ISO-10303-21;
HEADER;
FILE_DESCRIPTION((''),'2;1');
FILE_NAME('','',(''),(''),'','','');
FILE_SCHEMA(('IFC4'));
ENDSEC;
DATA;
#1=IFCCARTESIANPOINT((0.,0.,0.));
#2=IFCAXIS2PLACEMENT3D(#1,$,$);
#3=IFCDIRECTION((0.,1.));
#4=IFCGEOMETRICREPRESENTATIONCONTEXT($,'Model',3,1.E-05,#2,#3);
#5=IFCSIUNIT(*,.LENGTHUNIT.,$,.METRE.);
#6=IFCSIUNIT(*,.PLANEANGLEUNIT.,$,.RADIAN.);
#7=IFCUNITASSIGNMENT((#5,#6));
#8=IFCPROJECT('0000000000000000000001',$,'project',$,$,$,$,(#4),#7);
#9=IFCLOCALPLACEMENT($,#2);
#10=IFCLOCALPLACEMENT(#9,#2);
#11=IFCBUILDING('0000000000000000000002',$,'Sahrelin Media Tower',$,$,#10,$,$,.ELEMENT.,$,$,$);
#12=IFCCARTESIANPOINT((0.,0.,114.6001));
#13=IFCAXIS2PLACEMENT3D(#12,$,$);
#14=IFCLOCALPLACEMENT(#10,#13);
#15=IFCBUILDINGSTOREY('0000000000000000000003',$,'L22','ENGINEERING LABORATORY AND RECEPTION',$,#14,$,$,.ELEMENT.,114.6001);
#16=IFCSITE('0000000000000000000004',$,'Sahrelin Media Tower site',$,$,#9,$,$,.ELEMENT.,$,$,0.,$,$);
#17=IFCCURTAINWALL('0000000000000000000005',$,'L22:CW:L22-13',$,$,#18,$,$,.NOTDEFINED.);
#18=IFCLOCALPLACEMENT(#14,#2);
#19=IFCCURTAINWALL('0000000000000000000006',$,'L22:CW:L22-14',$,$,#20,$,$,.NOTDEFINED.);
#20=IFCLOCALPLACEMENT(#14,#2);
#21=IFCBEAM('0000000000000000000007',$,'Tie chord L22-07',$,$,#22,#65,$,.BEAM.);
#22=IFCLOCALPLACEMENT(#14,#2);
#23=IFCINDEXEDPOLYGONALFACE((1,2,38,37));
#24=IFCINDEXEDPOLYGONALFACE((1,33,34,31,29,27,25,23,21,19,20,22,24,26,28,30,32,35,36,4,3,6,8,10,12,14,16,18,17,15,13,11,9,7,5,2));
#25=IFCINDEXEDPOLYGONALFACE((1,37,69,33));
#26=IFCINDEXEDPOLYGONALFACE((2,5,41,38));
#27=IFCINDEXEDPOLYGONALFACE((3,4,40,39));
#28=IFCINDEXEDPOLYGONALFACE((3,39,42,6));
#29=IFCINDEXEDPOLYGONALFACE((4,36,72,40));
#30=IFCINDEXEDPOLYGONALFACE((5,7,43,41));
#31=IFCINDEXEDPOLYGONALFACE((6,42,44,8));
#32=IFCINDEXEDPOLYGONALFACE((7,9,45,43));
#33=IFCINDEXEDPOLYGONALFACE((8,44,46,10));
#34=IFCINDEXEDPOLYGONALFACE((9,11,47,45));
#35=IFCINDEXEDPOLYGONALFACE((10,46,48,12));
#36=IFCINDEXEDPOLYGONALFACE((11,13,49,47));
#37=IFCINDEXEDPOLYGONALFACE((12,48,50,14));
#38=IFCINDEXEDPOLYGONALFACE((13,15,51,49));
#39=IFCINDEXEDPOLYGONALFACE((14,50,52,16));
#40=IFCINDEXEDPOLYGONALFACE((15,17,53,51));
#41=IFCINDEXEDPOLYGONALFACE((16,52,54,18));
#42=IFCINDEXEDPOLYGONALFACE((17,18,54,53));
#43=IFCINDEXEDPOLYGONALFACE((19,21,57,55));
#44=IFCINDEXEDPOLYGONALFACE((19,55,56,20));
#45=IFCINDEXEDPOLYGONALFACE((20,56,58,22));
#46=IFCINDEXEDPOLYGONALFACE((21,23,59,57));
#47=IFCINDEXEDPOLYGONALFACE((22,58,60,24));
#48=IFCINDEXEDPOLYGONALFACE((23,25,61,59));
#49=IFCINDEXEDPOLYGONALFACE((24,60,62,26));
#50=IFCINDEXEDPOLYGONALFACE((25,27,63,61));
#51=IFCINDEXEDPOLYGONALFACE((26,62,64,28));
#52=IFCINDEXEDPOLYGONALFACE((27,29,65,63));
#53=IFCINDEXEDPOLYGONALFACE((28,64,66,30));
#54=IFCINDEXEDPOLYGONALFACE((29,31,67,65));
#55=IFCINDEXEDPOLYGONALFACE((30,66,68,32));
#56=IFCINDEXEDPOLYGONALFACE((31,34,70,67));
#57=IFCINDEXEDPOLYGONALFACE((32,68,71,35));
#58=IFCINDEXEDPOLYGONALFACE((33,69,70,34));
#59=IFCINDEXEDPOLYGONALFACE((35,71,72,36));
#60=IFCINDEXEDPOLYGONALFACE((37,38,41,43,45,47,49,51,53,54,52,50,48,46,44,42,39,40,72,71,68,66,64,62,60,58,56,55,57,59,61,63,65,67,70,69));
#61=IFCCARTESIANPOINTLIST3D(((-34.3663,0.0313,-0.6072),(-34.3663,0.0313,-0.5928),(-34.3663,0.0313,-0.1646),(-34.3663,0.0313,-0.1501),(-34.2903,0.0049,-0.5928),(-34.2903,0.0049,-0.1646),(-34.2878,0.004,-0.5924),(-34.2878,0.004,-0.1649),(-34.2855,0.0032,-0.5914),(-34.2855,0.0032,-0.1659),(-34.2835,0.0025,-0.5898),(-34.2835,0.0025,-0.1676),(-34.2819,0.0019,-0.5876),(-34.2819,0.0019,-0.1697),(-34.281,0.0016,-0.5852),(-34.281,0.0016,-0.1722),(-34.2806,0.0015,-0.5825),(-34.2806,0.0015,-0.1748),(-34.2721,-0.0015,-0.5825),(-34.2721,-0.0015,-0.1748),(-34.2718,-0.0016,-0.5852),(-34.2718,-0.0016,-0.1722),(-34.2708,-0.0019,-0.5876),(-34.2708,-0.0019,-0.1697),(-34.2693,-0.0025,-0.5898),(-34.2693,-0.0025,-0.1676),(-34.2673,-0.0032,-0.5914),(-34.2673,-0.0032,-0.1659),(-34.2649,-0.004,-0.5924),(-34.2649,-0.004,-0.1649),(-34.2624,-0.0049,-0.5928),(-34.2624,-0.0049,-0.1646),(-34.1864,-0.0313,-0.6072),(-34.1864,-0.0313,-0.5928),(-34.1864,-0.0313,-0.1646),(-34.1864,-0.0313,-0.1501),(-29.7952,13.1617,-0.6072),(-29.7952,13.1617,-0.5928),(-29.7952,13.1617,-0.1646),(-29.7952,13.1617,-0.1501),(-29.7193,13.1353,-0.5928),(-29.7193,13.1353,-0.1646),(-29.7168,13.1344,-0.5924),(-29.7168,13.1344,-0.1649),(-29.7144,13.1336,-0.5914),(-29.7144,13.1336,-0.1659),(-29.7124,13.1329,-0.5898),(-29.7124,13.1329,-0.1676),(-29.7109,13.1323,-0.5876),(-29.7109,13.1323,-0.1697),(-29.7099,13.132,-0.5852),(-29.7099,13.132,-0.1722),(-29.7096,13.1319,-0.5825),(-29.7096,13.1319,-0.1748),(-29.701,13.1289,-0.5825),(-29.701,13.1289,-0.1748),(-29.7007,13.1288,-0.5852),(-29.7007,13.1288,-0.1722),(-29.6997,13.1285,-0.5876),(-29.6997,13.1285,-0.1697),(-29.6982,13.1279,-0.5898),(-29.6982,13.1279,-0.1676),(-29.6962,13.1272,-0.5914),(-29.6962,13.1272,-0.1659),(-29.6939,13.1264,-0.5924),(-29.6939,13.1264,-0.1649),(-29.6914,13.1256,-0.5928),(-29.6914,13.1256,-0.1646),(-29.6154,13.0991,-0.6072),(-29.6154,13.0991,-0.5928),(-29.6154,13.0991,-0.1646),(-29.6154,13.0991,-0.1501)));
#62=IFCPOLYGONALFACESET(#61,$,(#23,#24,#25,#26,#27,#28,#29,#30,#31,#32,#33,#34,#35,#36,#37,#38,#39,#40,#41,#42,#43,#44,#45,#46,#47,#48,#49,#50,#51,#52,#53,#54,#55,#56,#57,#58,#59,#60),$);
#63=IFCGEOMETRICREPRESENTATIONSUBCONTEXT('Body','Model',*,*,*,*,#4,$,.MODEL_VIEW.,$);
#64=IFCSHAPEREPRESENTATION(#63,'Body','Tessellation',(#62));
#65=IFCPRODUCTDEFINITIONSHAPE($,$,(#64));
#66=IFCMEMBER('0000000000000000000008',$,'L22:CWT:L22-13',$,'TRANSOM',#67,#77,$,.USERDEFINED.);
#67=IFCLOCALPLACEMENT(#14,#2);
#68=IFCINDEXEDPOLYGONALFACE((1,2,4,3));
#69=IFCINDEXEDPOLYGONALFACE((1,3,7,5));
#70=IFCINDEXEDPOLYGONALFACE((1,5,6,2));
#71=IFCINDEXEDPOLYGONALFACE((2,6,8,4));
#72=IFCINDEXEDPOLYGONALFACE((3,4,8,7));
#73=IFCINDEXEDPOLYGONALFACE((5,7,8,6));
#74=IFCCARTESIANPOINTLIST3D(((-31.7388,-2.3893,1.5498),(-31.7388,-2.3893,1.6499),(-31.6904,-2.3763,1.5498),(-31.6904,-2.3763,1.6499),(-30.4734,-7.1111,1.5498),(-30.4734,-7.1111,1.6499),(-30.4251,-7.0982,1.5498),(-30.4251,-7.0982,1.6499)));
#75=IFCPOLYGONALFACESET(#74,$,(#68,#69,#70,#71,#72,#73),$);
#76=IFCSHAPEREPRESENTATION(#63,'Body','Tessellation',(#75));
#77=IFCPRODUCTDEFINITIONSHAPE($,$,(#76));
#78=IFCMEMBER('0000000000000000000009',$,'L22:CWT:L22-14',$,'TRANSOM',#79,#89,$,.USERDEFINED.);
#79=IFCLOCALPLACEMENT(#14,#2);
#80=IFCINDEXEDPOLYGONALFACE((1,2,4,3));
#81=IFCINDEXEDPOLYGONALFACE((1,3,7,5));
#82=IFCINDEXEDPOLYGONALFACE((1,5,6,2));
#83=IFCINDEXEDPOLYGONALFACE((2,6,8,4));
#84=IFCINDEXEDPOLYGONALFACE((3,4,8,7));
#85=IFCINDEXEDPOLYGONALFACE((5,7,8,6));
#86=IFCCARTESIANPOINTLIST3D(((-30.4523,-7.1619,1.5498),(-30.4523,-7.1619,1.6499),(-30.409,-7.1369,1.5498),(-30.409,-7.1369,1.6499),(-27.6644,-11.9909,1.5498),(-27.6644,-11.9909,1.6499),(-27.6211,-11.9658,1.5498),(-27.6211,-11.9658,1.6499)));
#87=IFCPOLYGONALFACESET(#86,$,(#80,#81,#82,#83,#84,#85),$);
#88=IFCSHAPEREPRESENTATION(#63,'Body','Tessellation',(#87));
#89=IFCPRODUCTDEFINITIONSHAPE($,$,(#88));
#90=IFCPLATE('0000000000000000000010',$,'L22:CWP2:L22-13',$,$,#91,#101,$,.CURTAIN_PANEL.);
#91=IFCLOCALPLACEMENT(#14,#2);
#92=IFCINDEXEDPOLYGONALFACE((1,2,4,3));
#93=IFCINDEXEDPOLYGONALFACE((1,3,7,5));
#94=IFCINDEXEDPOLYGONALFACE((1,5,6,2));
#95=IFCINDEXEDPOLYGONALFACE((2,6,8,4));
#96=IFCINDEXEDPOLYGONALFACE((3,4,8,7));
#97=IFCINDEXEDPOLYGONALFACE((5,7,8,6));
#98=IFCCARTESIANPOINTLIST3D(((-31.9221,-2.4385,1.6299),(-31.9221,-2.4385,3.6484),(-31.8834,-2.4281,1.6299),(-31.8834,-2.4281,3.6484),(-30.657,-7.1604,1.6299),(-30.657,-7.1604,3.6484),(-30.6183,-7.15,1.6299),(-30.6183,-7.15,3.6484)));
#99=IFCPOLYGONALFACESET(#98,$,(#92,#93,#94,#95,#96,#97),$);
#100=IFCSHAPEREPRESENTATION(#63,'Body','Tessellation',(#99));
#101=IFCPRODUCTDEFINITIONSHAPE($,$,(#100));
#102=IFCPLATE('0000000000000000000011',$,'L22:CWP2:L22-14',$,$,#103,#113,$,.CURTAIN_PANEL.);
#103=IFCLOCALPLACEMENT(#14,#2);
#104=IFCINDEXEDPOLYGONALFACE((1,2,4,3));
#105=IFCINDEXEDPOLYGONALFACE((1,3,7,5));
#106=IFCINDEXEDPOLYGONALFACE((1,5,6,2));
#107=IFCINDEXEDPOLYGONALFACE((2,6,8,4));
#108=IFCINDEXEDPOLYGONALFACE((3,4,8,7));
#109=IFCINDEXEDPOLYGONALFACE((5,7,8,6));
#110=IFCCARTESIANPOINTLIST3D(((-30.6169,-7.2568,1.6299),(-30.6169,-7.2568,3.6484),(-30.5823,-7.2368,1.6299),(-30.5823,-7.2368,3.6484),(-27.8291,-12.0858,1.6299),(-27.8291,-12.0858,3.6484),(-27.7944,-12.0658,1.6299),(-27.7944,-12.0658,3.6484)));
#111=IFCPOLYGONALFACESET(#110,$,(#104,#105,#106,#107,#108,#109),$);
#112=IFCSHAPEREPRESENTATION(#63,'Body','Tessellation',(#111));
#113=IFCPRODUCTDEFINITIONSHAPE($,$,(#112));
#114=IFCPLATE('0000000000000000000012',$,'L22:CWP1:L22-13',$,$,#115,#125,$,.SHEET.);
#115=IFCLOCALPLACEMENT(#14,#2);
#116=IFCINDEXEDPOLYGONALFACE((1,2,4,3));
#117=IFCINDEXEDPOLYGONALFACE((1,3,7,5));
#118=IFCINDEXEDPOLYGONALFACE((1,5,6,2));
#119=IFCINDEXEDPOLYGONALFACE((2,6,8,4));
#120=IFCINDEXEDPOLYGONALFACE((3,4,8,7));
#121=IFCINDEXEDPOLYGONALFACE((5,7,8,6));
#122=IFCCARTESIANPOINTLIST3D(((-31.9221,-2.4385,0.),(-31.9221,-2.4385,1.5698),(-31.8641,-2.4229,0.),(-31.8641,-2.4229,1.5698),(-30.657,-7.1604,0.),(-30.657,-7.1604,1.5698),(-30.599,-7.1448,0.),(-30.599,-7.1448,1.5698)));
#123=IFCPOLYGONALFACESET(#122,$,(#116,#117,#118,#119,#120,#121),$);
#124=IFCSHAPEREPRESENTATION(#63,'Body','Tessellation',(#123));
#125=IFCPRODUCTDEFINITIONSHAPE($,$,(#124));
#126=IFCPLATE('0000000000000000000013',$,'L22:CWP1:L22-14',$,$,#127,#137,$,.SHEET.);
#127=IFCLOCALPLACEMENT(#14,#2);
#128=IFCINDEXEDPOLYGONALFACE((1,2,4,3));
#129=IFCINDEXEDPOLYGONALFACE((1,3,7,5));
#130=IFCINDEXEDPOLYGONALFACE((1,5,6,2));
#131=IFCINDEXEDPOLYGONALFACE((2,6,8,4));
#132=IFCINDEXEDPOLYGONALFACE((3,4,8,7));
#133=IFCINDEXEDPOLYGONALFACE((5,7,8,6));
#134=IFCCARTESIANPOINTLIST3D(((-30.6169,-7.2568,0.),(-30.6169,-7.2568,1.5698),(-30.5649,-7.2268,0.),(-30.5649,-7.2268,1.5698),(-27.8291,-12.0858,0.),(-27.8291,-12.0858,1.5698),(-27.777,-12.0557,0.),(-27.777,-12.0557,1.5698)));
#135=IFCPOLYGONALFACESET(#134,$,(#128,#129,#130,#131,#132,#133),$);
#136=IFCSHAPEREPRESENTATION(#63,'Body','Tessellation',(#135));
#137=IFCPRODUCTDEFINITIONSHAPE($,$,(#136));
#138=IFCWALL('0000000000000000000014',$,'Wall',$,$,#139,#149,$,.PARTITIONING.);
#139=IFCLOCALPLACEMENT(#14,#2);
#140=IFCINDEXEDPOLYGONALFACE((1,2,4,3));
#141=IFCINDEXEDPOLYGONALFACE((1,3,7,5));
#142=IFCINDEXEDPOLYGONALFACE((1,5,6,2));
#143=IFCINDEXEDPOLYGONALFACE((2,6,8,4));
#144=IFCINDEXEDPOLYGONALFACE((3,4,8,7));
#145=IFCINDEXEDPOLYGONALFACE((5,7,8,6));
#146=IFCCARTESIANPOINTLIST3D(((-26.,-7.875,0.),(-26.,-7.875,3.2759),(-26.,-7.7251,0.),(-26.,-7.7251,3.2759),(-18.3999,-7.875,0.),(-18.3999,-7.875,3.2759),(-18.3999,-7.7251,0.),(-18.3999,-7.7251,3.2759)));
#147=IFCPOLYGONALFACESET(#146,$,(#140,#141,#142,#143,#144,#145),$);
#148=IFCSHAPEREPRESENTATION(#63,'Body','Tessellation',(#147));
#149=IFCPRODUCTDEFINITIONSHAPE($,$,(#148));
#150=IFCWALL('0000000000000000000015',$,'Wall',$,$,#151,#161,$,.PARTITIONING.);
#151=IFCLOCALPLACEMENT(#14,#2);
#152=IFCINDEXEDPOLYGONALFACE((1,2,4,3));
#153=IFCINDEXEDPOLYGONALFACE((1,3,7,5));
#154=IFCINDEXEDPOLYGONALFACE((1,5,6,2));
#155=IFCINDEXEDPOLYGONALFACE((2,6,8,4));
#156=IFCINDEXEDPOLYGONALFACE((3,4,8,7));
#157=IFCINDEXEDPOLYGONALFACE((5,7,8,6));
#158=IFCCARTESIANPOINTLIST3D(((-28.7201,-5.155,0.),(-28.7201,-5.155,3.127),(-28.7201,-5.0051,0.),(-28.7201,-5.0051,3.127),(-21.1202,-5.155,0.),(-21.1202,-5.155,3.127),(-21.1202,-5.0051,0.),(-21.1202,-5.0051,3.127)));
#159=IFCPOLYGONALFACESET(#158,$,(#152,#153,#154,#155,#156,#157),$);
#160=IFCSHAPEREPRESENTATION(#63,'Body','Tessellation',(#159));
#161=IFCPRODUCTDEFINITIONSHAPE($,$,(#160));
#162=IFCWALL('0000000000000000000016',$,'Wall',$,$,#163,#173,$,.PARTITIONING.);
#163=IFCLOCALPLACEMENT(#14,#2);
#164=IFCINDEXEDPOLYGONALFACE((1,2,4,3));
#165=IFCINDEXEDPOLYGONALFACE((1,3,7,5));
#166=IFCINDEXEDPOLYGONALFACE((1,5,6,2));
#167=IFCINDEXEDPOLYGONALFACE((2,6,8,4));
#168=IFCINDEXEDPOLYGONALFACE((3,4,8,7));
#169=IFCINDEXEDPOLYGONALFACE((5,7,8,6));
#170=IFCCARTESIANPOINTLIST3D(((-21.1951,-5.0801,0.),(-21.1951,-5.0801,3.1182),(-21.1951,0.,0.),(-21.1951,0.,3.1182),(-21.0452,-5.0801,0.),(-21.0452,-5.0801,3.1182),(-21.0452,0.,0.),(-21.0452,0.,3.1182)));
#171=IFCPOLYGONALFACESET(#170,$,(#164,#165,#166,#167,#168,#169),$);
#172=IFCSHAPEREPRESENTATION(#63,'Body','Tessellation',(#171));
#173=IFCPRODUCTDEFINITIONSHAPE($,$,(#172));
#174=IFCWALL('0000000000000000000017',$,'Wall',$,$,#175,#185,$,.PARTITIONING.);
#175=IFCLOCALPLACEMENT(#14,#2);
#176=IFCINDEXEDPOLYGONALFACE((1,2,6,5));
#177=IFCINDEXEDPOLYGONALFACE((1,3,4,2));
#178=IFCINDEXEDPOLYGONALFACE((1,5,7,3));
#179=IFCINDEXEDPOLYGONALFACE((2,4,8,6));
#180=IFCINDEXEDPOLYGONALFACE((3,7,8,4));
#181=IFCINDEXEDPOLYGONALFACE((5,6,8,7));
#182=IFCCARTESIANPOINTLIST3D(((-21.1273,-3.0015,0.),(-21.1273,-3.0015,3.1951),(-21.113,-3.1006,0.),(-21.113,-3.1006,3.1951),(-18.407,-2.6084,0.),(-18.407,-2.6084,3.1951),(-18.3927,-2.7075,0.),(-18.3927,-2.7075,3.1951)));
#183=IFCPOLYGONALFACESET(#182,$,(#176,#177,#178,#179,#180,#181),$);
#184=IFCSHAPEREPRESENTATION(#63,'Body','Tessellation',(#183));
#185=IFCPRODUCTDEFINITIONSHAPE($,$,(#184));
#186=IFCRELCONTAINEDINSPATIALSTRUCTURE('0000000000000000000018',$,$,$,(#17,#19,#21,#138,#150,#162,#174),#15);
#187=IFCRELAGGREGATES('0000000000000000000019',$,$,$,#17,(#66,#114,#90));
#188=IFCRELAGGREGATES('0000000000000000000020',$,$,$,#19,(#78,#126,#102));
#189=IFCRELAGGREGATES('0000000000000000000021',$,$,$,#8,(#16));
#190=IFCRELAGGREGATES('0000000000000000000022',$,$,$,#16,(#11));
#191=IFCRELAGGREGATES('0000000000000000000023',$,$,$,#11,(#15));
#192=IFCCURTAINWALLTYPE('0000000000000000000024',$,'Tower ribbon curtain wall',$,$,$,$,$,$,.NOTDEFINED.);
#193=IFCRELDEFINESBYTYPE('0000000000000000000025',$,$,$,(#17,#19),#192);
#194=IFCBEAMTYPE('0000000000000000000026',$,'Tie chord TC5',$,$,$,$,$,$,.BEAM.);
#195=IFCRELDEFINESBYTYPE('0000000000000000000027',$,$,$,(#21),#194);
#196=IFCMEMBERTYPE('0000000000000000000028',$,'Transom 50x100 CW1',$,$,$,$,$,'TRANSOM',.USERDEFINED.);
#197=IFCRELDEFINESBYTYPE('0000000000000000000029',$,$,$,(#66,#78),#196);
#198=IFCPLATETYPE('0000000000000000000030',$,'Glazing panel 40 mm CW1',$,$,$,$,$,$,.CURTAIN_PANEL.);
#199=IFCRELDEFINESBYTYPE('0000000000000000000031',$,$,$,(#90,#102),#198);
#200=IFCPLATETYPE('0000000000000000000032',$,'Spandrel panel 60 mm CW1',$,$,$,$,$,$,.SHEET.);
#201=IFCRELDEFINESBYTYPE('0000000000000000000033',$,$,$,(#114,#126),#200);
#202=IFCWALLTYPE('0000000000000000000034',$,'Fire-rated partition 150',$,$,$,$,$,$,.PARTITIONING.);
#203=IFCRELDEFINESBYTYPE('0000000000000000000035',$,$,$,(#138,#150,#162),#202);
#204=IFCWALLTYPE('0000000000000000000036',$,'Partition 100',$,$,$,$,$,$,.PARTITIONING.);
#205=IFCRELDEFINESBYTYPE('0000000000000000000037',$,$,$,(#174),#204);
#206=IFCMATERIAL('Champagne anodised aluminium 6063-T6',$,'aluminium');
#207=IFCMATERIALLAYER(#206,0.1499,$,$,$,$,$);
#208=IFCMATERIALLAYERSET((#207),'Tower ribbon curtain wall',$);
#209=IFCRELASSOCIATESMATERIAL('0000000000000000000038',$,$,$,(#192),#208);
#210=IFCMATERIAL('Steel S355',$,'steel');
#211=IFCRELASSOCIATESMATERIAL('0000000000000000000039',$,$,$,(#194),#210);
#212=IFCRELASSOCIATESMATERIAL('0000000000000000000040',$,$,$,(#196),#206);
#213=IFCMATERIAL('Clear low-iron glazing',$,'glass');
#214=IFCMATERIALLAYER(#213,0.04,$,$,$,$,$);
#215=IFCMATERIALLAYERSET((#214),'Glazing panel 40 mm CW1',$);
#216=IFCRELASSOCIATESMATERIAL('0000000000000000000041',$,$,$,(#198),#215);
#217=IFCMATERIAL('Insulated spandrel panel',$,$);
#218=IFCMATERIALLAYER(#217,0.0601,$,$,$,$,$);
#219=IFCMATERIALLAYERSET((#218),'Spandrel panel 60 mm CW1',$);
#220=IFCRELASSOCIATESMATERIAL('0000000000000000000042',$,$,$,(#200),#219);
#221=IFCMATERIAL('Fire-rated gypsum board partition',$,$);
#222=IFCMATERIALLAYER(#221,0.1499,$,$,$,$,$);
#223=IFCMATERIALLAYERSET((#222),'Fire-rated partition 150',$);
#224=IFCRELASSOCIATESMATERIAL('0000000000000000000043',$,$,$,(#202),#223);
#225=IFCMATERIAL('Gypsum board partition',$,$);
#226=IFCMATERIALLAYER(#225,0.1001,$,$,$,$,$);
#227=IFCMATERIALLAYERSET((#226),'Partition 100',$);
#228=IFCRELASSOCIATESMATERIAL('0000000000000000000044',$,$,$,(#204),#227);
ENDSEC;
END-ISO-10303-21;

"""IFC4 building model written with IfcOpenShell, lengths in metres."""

from ifc_helpers import new_model, si_unit, direction, frame, frame_2d, origin, origin_2d, place, context, subcontext, project, spatial, polyline, rectangle, i_section, outline, extrude, material, layer, layer_set, material_profile, profile_set, type_object, element, aggregate, save


model = new_model("IFC4")

# Units and contexts
model_context = context("Model", 3, precision=1e-05, world=origin(), true_north=direction((0.0, 1.0)))
body_context = subcontext(model_context, "Body", "Model", "MODEL_VIEW")
ifc_project = project(units=[si_unit("LENGTHUNIT", "METRE"), si_unit("PLANEANGLEUNIT", "RADIAN")], contexts=[model_context])

# Site, building, storey
site_placement = place(None, origin())
site = spatial("IfcSite", under=ifc_project, at=site_placement, Name="Sahrelin Media Tower site", CompositionType="ELEMENT", RefElevation=0.0)
building_placement = place(site_placement, origin())
building = spatial("IfcBuilding", under=site, at=building_placement, Name="Sahrelin Media Tower", CompositionType="ELEMENT")
storey_placement = place(building_placement, frame((0.0, 0.0, 114.6001)))
storey = spatial("IfcBuildingStorey", under=building, at=storey_placement, Name="L22", Description="ENGINEERING LABORATORY AND RECEPTION", CompositionType="ELEMENT", Elevation=114.6001)

# Shared definitions
ifc_material_1 = material(Name="Steel S355", Category="steel")

# Curtain walls
ifc_material_2 = material(Name="Champagne anodised aluminium 6063-T6", Category="aluminium")
ifc_layer_1 = layer(ifc_material_2, 0.1499)
ifc_layer_set_1 = layer_set([ifc_layer_1], Name="Tower ribbon curtain wall")
curtain_wall_type = type_object("IfcCurtainWallType", Name="Tower ribbon curtain wall", PredefinedType="NOTDEFINED", material=ifc_layer_set_1)
curtain_wall_1_placement = place(storey_placement, frame((-31.2703, -4.7942, 0.0), z_axis=(0.0, 0.0, 1.0), x_axis=(1.0, 0.0, 0.0)))
curtain_wall_1 = element("IfcCurtainWall", 1, at=curtain_wall_1_placement, inside=storey, type_object=curtain_wall_type, Name="L22:CW:L22-13", PredefinedType="NOTDEFINED")
curtain_wall_2_placement = place(storey_placement, frame((-29.2056, -9.6611, 0.0), z_axis=(0.0, 0.0, 1.0), x_axis=(1.0, 0.0, 0.0)))
curtain_wall_2 = element("IfcCurtainWall", 2, at=curtain_wall_2_placement, inside=storey, type_object=curtain_wall_type, Name="L22:CW:L22-14", PredefinedType="NOTDEFINED")

# Beam
ifc_material_profile_1 = material_profile(ifc_material_1, i_section(OverallWidth=0.1904, OverallDepth=0.457, WebThickness=0.009, FlangeThickness=0.0144, FilletRadius=0.0103, at=origin_2d()), Name="UB 457x191x74")
ifc_profile_set_1 = profile_set([ifc_material_profile_1], Name="Steel S355")
beam_type_1 = type_object("IfcBeamType", Name="Tie chord TC5", PredefinedType="BEAM", material=ifc_profile_set_1)
beam_1_placement = place(storey_placement, frame((-34.2764, 0.0, -0.3787), z_axis=(0.328775, 0.944408, 0.0), x_axis=(-0.944408, 0.328775, 0.0)))
element("IfcBeam", 3, at=beam_1_placement, inside=storey, type_object=beam_type_1, Name="Tie chord L22-07", PredefinedType="BEAM", context=body_context, shape_type="SweptSolid", body=[
    extrude(i_section(OverallWidth=0.1904, OverallDepth=0.457, WebThickness=0.009, FlangeThickness=0.0144, FilletRadius=0.0103, at=origin_2d()), origin(), (0.0, 0.0, 1.0), 13.9033),
])

# Members
ifc_material_profile_2 = material_profile(ifc_material_2, rectangle(XDim=0.05, YDim=0.1001, at=origin_2d()), Name="Transom 50x100")
ifc_profile_set_2 = profile_set([ifc_material_profile_2], Name="Champagne anodised aluminium 6063-T6")
member_type_1 = type_object("IfcMemberType", Name="Transom 50x100 CW1", ElementType="TRANSOM", PredefinedType="USERDEFINED", material=ifc_profile_set_2)
member_1_placement = place(storey_placement, frame((-31.7146, -2.3828, 1.5999), z_axis=(0.258847, -0.965918, 0.0), x_axis=(0.965918, 0.258847, 0.0)))
member_1 = element("IfcMember", 4, at=member_1_placement, type_object=member_type_1, Name="L22:CWT:L22-13", ObjectType="TRANSOM", PredefinedType="USERDEFINED", context=body_context, shape_type="SweptSolid", body=[
    extrude(rectangle(XDim=0.05, YDim=0.1001, at=origin_2d()), origin(), (0.0, 0.0, 1.0), 4.8884),
])
member_2_placement = place(storey_placement, frame((-30.4307, -7.1494, 1.5999), z_axis=(0.499987, -0.866033, 0.0), x_axis=(0.866033, 0.499987, 0.0)))
member_2 = element("IfcMember", 5, at=member_2_placement, type_object=member_type_1, Name="L22:CWT:L22-14", ObjectType="TRANSOM", PredefinedType="USERDEFINED", context=body_context, shape_type="SweptSolid", body=[
    extrude(rectangle(XDim=0.05, YDim=0.1001, at=origin_2d()), origin(), (0.0, 0.0, 1.0), 5.5759),
])

# Plates
ifc_material_3 = material(Name="Clear low-iron glazing", Category="glass")
ifc_layer_2 = layer(ifc_material_3, 0.04)
ifc_layer_set_2 = layer_set([ifc_layer_2], Name="Glazing panel 40 mm CW1")
plate_type_1 = type_object("IfcPlateType", Name="Glazing panel 40 mm CW1", PredefinedType="CURTAIN_PANEL", material=ifc_layer_set_2)
plate_1_placement = place(storey_placement, frame((-31.9221, -2.4385, 1.6299), z_axis=(-0.965931, -0.2588, 0.0), x_axis=(0.2588, -0.965931, 0.0)))
plate_1 = element("IfcPlate", 6, at=plate_1_placement, type_object=plate_type_1, Name="L22:CWP2:L22-13", PredefinedType="CURTAIN_PANEL", context=body_context, shape_type="SweptSolid", body=[
    extrude(outline(polyline([(0.0, 0.0), (4.8884, 0.0), (4.8884, 2.0186), (0.0, 2.0186), (0.0, 0.0)])), origin(), (0.0, 0.0, -1.0), 0.04),
])
plate_2_placement = place(storey_placement, frame((-30.6169, -7.2568, 1.6299), z_axis=(-0.866033, -0.499987, 0.0), x_axis=(0.499987, -0.866033, 0.0)))
plate_2 = element("IfcPlate", 7, at=plate_2_placement, type_object=plate_type_1, Name="L22:CWP2:L22-14", PredefinedType="CURTAIN_PANEL", context=body_context, shape_type="SweptSolid", body=[
    extrude(outline(polyline([(0.0, 0.0), (5.5759, 0.0), (5.5759, 2.0186), (0.0, 2.0186), (0.0, 0.0)])), origin(), (0.0, 0.0, -1.0), 0.04),
])
ifc_material_4 = material(Name="Insulated spandrel panel")
ifc_layer_3 = layer(ifc_material_4, 0.0601)
ifc_layer_set_3 = layer_set([ifc_layer_3], Name="Spandrel panel 60 mm CW1")
plate_type_2 = type_object("IfcPlateType", Name="Spandrel panel 60 mm CW1", PredefinedType="SHEET", material=ifc_layer_set_3)
plate_3_placement = place(storey_placement, frame((-31.9221, -2.4385, 0.0), z_axis=(-0.965931, -0.2588, 0.0), x_axis=(0.2588, -0.965931, 0.0)))
plate_3 = element("IfcPlate", 8, at=plate_3_placement, type_object=plate_type_2, Name="L22:CWP1:L22-13", PredefinedType="SHEET", context=body_context, shape_type="SweptSolid", body=[
    extrude(outline(polyline([(0.0, 0.0), (4.8884, 0.0), (4.8884, 1.5698), (0.0, 1.5698), (0.0, 0.0)])), origin(), (0.0, 0.0, -1.0), 0.0601),
])
aggregate(curtain_wall_1, [member_1, plate_3, plate_1])
plate_4_placement = place(storey_placement, frame((-30.6169, -7.2568, 0.0), z_axis=(-0.866033, -0.499987, 0.0), x_axis=(0.499987, -0.866033, 0.0)))
plate_4 = element("IfcPlate", 9, at=plate_4_placement, type_object=plate_type_2, Name="L22:CWP1:L22-14", PredefinedType="SHEET", context=body_context, shape_type="SweptSolid", body=[
    extrude(outline(polyline([(0.0, 0.0), (5.5759, 0.0), (5.5759, 1.5698), (0.0, 1.5698), (0.0, 0.0)])), origin(), (0.0, 0.0, -1.0), 0.0601),
])
aggregate(curtain_wall_2, [member_2, plate_4, plate_2])

# Walls
ifc_material_5 = material(Name="Fire-rated gypsum board partition")
ifc_layer_4 = layer(ifc_material_5, 0.1499)
ifc_layer_set_4 = layer_set([ifc_layer_4], Name="Fire-rated partition 150")
wall_type_1 = type_object("IfcWallType", Name="Fire-rated partition 150", PredefinedType="PARTITIONING", material=ifc_layer_set_4)
wall_1_placement = place(storey_placement, frame((-26.0, -7.8, 0.0), z_axis=(0.0, 0.0, 1.0), x_axis=(1.0, 0.0, 0.0)))
element("IfcWall", 10, at=wall_1_placement, inside=storey, type_object=wall_type_1, Name="Wall", PredefinedType="PARTITIONING", context=body_context, shape_type="SweptSolid", body=[
    extrude(rectangle(XDim=7.6001, YDim=0.1499, at=frame_2d((3.8, 0.0))), origin(), (0.0, 0.0, 1.0), 3.2759),
])
wall_2_placement = place(storey_placement, frame((-28.72, -5.0801, 0.0), z_axis=(0.0, 0.0, 1.0), x_axis=(1.0, 0.0, 0.0)))
element("IfcWall", 11, at=wall_2_placement, inside=storey, type_object=wall_type_1, Name="Wall", PredefinedType="PARTITIONING", context=body_context, shape_type="SweptSolid", body=[
    extrude(rectangle(XDim=7.5999, YDim=0.1499, at=frame_2d((3.7998, 0.0))), origin(), (0.0, 0.0, 1.0), 3.127),
])
wall_3_placement = place(storey_placement, frame((-21.1201, -5.0801, 0.0), z_axis=(0.0, 0.0, 1.0), x_axis=(0.0, 1.0, 0.0)))
element("IfcWall", 12, at=wall_3_placement, inside=storey, type_object=wall_type_1, Name="Wall", PredefinedType="PARTITIONING", context=body_context, shape_type="SweptSolid", body=[
    extrude(rectangle(XDim=5.0801, YDim=0.1499, at=frame_2d((2.54, 0.0))), origin(), (0.0, 0.0, 1.0), 3.1182),
])
ifc_material_6 = material(Name="Gypsum board partition")
ifc_layer_5 = layer(ifc_material_6, 0.1001)
ifc_layer_set_5 = layer_set([ifc_layer_5], Name="Partition 100")
wall_type_2 = type_object("IfcWallType", Name="Partition 100", PredefinedType="PARTITIONING", material=ifc_layer_set_5)
wall_4_placement = place(storey_placement, frame((-21.1201, -3.051, 0.0), z_axis=(0.0, 0.0, 1.0), x_axis=(0.989721, 0.143013, 0.0)))
element("IfcWall", 13, at=wall_4_placement, inside=storey, type_object=wall_type_2, Name="Wall", PredefinedType="PARTITIONING", context=body_context, shape_type="SweptSolid", body=[
    extrude(rectangle(XDim=2.7485, YDim=0.1001, at=frame_2d((1.3743, 0.0))), origin(), (0.0, 0.0, 1.0), 3.1951),
])

save(model, "model.ifc")
